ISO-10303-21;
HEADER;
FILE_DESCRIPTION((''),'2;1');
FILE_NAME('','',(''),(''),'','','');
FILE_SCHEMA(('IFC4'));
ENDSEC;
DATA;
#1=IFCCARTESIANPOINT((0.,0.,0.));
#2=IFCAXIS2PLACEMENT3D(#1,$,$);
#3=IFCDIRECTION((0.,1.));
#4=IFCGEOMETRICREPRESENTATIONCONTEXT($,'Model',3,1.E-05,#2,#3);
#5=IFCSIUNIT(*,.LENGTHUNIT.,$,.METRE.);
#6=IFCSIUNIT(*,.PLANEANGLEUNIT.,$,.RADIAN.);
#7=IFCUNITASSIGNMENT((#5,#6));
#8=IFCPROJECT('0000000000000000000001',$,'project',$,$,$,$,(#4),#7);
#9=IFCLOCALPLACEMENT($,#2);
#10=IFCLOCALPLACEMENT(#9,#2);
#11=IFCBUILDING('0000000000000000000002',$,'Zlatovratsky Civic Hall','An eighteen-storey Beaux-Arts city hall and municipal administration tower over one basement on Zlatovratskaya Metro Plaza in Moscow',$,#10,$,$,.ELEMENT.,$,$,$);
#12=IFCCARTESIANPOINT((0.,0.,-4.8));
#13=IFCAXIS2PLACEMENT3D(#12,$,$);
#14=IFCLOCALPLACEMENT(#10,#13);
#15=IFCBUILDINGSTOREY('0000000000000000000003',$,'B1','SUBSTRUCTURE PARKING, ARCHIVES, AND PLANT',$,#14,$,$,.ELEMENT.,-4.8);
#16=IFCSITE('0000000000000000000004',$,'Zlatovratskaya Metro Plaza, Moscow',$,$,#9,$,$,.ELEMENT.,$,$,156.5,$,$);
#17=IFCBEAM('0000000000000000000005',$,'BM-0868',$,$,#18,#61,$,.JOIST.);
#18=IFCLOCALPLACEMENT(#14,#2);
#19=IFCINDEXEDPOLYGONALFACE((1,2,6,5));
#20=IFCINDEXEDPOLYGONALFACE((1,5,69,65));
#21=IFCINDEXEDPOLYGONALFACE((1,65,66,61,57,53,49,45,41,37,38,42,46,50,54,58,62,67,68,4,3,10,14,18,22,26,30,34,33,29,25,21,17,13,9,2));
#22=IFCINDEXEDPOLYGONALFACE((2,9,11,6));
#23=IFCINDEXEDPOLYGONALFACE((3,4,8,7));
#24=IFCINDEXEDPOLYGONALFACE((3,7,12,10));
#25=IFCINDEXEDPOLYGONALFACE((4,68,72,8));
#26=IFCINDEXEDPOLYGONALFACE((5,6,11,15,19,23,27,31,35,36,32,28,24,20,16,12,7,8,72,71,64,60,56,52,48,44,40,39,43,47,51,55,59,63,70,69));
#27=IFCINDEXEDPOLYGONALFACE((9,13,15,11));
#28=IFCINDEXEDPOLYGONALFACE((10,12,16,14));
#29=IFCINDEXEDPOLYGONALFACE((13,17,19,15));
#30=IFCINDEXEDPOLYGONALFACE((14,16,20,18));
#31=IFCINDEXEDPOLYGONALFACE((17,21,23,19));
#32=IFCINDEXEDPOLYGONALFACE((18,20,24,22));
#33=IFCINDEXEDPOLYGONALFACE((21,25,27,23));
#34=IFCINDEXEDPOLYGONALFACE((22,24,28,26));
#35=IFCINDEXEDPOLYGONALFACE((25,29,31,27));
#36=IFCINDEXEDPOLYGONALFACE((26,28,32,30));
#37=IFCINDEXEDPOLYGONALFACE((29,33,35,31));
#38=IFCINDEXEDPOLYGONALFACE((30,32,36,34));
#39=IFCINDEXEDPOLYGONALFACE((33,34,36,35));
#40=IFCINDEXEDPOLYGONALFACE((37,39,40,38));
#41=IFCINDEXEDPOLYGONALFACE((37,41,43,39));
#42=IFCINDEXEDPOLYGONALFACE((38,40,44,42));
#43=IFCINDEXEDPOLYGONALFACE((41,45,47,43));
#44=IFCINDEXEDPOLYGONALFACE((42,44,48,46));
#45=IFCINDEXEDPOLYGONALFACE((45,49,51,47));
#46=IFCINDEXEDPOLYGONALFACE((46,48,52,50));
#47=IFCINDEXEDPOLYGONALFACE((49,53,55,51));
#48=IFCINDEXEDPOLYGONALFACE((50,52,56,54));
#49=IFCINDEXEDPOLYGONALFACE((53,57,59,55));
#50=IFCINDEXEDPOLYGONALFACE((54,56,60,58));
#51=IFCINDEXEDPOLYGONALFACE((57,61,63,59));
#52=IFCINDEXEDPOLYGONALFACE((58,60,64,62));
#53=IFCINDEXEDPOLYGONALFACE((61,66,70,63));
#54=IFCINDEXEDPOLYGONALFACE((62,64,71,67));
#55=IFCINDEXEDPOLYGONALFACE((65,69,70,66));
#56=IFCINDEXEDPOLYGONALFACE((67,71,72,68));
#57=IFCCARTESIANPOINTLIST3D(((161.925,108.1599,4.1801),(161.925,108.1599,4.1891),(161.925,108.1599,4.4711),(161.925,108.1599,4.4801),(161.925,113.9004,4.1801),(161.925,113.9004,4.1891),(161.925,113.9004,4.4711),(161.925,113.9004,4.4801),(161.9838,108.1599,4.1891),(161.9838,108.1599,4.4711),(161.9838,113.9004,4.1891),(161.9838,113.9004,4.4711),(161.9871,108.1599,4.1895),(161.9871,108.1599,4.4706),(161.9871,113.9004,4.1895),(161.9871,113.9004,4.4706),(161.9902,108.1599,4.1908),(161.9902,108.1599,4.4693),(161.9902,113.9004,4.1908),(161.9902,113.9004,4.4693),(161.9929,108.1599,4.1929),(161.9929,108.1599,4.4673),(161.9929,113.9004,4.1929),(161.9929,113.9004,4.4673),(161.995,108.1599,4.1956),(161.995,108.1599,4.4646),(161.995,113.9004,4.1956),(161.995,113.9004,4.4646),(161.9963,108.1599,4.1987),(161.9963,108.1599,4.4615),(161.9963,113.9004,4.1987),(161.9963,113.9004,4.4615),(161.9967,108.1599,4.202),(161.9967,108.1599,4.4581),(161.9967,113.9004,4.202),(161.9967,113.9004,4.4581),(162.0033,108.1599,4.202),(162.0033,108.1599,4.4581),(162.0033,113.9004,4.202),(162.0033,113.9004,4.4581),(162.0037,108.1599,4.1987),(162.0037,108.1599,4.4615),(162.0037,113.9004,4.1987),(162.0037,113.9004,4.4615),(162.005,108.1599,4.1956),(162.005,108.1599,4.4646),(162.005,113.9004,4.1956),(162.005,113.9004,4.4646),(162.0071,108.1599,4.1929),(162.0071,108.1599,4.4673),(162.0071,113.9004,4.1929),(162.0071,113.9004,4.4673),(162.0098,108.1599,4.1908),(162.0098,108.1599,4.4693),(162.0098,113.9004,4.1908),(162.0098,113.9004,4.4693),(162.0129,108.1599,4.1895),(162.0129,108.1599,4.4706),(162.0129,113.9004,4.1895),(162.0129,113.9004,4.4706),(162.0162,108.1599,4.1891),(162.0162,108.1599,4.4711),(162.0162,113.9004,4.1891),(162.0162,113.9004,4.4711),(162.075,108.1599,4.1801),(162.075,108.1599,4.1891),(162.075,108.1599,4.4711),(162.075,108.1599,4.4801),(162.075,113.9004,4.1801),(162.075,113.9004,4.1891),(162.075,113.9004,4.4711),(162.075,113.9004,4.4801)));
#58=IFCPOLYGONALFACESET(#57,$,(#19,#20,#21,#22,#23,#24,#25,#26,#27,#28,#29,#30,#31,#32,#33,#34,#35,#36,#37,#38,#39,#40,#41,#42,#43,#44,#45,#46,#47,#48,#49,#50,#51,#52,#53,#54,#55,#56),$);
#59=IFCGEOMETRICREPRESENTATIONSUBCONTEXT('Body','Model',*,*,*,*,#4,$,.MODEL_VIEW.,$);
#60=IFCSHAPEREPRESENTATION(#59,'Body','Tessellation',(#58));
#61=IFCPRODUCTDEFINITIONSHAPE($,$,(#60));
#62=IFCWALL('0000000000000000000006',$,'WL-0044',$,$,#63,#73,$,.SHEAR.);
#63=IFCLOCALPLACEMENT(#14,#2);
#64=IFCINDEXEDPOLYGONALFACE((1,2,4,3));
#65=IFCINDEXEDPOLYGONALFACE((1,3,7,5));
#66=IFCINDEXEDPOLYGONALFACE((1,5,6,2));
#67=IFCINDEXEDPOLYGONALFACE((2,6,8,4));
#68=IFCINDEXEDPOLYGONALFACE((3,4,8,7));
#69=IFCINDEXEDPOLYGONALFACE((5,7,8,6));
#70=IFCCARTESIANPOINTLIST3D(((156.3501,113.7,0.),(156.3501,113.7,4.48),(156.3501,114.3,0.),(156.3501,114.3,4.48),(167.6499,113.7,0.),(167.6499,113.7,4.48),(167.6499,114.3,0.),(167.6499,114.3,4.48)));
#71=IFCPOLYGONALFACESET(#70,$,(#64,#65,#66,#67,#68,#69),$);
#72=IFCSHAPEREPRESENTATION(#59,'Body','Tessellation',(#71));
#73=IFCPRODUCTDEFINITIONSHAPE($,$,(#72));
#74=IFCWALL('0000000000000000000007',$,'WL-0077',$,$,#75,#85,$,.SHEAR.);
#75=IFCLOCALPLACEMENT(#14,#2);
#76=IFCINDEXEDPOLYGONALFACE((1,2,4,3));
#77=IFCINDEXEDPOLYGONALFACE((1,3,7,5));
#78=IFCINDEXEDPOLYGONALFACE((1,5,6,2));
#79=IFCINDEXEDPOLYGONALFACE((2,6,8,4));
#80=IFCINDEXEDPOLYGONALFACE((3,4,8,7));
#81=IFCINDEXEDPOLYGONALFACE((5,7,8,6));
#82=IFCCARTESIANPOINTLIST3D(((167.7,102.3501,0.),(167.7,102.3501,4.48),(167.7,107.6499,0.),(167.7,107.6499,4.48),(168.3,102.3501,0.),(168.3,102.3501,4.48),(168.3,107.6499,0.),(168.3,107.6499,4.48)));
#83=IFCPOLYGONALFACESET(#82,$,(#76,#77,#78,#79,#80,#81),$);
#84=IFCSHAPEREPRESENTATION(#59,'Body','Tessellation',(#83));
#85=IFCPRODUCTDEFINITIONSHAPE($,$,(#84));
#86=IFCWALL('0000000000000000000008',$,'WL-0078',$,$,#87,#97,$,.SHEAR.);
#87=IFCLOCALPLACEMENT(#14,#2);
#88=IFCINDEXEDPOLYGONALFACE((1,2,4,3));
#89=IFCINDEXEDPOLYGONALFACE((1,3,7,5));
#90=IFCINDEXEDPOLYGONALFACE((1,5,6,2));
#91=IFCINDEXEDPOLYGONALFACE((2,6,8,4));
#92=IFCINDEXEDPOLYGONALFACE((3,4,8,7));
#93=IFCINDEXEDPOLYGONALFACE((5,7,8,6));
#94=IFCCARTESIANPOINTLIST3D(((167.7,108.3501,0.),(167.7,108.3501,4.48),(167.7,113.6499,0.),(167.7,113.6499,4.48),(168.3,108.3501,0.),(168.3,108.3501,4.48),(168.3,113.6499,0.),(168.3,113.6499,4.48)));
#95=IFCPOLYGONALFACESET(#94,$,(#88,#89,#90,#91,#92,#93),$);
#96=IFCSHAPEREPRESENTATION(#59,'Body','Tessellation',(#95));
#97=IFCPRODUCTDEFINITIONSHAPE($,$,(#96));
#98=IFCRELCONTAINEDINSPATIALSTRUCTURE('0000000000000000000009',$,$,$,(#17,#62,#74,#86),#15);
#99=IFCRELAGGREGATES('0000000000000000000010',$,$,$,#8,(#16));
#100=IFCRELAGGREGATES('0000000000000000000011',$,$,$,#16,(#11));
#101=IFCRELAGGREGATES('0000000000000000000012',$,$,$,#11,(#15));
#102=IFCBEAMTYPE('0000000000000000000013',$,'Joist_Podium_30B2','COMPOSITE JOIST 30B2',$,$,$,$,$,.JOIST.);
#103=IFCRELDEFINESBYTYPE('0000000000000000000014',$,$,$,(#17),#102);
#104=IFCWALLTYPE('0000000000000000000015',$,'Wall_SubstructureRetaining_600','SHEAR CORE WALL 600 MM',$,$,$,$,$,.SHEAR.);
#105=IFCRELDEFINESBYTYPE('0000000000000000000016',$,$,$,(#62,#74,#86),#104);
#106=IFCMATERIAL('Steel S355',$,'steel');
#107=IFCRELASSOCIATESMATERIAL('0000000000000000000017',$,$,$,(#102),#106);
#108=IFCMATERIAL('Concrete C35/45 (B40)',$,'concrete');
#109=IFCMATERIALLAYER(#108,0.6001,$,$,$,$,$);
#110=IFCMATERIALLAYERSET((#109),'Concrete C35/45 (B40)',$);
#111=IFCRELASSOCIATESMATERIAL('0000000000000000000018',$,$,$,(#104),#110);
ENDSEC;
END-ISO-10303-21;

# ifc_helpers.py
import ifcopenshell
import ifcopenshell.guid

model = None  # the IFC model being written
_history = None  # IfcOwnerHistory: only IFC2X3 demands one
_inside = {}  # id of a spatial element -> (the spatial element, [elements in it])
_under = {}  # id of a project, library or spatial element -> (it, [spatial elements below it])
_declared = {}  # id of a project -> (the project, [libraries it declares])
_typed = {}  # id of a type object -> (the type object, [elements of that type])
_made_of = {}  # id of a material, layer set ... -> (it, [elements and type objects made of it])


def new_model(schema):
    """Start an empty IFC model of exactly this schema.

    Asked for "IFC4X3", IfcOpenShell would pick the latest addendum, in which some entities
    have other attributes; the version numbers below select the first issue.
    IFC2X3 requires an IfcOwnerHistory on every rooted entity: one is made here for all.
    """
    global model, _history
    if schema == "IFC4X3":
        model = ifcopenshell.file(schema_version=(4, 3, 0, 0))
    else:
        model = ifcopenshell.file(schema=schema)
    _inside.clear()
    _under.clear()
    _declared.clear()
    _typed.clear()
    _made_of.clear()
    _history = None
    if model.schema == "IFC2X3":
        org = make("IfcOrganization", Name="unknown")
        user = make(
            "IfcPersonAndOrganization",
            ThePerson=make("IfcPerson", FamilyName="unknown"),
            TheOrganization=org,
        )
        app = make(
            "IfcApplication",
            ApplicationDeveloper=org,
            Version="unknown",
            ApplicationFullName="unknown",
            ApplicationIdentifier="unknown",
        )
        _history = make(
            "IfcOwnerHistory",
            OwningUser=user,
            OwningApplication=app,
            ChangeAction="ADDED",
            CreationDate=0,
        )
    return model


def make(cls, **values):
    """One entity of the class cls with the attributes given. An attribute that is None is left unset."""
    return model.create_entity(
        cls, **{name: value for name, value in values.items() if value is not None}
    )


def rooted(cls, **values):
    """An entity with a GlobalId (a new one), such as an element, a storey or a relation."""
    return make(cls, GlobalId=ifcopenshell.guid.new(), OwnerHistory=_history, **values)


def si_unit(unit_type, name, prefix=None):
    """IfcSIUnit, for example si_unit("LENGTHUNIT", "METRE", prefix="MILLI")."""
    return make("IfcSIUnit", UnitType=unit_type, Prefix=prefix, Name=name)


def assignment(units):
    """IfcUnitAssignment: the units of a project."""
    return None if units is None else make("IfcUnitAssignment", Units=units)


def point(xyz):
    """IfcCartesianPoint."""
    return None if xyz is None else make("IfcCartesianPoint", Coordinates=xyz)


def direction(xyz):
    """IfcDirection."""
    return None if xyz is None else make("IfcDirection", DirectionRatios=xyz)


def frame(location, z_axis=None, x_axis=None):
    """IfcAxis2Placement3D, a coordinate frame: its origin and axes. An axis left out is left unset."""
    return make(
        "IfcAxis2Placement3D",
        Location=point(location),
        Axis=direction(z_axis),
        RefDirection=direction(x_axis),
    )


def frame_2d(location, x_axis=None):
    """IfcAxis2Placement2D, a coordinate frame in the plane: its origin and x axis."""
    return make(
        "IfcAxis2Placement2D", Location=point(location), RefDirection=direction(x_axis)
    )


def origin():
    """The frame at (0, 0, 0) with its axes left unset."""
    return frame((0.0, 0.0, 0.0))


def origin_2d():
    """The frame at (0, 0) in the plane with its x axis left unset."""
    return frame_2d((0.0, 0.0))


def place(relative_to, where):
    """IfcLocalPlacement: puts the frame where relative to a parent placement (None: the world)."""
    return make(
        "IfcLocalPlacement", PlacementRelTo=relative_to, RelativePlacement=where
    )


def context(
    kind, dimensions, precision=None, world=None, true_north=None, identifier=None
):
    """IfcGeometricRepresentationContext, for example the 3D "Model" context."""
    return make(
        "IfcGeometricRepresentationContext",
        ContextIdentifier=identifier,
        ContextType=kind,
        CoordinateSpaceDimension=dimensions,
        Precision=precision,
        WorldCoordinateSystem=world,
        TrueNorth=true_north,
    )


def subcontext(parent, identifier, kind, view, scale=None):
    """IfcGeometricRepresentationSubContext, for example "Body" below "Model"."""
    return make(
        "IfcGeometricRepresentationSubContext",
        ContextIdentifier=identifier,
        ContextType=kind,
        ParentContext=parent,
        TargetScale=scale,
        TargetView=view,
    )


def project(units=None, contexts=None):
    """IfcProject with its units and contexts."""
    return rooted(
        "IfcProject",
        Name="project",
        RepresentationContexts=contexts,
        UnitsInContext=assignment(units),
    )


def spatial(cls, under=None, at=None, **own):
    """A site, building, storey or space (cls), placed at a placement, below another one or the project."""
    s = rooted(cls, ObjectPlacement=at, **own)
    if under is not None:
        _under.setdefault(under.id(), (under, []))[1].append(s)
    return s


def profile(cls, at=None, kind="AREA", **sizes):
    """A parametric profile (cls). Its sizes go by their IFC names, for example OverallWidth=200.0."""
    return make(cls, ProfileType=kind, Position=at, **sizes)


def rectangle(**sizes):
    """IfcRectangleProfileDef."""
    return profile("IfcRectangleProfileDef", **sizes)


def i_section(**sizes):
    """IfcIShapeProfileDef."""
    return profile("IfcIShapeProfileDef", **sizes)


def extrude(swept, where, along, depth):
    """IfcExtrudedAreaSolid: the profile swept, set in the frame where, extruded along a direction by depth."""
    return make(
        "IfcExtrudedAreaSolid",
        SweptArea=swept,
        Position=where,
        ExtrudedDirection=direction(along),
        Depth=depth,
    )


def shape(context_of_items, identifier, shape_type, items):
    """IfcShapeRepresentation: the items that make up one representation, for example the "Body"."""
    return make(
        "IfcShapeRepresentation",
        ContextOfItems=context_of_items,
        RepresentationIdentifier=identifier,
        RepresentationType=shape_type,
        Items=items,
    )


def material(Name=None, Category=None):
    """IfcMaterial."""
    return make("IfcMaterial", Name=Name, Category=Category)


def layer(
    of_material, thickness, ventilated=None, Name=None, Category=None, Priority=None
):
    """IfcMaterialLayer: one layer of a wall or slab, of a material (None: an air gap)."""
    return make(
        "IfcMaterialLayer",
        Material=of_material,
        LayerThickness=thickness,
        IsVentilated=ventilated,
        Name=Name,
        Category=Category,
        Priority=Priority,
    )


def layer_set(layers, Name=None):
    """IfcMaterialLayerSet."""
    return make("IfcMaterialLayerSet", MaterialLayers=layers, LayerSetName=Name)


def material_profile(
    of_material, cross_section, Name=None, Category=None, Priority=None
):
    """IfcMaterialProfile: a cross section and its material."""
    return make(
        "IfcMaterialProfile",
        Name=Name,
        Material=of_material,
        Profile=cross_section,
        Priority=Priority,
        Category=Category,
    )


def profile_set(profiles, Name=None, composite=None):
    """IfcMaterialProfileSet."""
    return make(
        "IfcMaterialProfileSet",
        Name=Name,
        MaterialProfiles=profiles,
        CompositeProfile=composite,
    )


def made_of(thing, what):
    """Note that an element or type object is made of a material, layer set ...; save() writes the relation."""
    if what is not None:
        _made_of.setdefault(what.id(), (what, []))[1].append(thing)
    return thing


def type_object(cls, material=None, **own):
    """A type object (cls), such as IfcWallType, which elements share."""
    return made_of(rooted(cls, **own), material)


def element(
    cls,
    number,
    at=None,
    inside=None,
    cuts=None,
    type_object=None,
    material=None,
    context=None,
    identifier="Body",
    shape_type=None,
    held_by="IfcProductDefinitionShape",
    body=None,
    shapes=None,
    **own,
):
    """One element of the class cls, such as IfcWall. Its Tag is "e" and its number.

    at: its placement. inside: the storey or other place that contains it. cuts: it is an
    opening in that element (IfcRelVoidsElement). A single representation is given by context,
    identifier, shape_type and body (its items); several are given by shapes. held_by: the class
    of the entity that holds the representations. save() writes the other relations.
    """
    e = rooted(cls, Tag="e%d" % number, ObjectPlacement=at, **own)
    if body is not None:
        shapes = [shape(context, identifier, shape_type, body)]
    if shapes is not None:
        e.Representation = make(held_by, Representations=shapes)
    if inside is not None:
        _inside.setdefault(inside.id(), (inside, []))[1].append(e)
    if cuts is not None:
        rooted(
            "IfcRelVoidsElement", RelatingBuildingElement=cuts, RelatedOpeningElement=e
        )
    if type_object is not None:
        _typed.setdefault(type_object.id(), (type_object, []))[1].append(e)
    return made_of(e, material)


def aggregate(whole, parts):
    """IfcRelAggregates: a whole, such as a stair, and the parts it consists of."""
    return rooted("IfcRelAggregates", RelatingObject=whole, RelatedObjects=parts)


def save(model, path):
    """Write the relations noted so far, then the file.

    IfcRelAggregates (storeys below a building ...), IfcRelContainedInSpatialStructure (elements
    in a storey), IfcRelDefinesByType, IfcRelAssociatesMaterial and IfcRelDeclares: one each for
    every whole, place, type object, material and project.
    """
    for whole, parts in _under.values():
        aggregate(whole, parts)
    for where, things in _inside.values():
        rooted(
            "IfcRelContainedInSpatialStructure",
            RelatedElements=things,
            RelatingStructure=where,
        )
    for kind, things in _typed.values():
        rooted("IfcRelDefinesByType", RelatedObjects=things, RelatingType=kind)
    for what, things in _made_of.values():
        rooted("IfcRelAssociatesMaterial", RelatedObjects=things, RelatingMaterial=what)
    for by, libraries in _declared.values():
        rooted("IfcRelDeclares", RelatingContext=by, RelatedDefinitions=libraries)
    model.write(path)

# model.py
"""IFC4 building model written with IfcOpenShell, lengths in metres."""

from ifc_helpers import new_model, si_unit, direction, frame, frame_2d, origin, origin_2d, place, context, subcontext, project, spatial, rectangle, i_section, extrude, material, layer, layer_set, material_profile, profile_set, type_object, element, save


model = new_model("IFC4")

# Units and contexts
model_context = context("Model", 3, precision=1e-05, world=origin(), true_north=direction((0.0, 1.0)))
body_context = subcontext(model_context, "Body", "Model", "MODEL_VIEW")
ifc_project = project(units=[si_unit("LENGTHUNIT", "METRE"), si_unit("PLANEANGLEUNIT", "RADIAN")], contexts=[model_context])

# Site, building, storey
site_placement = place(None, origin())
site = spatial("IfcSite", under=ifc_project, at=site_placement, Name="Zlatovratskaya Metro Plaza, Moscow", CompositionType="ELEMENT", RefElevation=156.5)
building_placement = place(site_placement, origin())
building = spatial("IfcBuilding", under=site, at=building_placement, Name="Zlatovratsky Civic Hall", Description="An eighteen-storey Beaux-Arts city hall and municipal administration tower over one basement on Zlatovratskaya Metro Plaza in Moscow", CompositionType="ELEMENT")
storey_placement = place(building_placement, frame((0.0, 0.0, -4.8)))
storey = spatial("IfcBuildingStorey", under=building, at=storey_placement, Name="B1", Description="SUBSTRUCTURE PARKING, ARCHIVES, AND PLANT", CompositionType="ELEMENT", Elevation=-4.8)

# Shared definitions
ifc_material_1 = material(Name="Concrete C35/45 (B40)", Category="concrete")

# Beam
ifc_material_2 = material(Name="Steel S355", Category="steel")
ifc_material_profile_1 = material_profile(ifc_material_2, i_section(OverallWidth=0.1499, OverallDepth=0.3, WebThickness=0.0066, FlangeThickness=0.009, FilletRadius=0.0129, at=origin_2d()), Name="30B2")
ifc_profile_set_1 = profile_set([ifc_material_profile_1], Name="Steel S355")
beam_type_1 = type_object("IfcBeamType", Name="Joist_Podium_30B2", Description="COMPOSITE JOIST 30B2", PredefinedType="JOIST", material=ifc_profile_set_1)
beam_1_placement = place(storey_placement, frame((162.0, 108.1599, 4.3301), z_axis=(0.0, 1.0, 0.0), x_axis=(-1.0, 0.0, 0.0)))
element("IfcBeam", 1, at=beam_1_placement, inside=storey, type_object=beam_type_1, Name="BM-0868", PredefinedType="JOIST", context=body_context, shape_type="SweptSolid", body=[
    extrude(i_section(OverallWidth=0.1499, OverallDepth=0.3, WebThickness=0.0066, FlangeThickness=0.009, FilletRadius=0.0129, at=origin_2d()), origin(), (0.0, 0.0, 1.0), 5.7405),
])

# Walls
ifc_layer = layer(ifc_material_1, 0.6001)
ifc_layer_set = layer_set([ifc_layer], Name="Concrete C35/45 (B40)")
wall_type = type_object("IfcWallType", Name="Wall_SubstructureRetaining_600", Description="SHEAR CORE WALL 600 MM", PredefinedType="SHEAR", material=ifc_layer_set)
wall_placement = place(storey_placement, frame((156.3501, 114.0, 0.0), z_axis=(0.0, 0.0, 1.0), x_axis=(1.0, 0.0, 0.0)))
element("IfcWall", 2, at=wall_placement, inside=storey, type_object=wall_type, Name="WL-0044", PredefinedType="SHEAR", context=body_context, shape_type="SweptSolid", body=[
    extrude(rectangle(XDim=11.2998, YDim=0.6001, at=frame_2d((5.6499, 0.0))), origin(), (0.0, 0.0, 1.0), 4.48),
])
for number, where, z_axis, x_axis, name in (
    (3, (168.0, 102.3501, 0.0), (0.0, 0.0, 1.0), (0.0, 1.0, 0.0), "WL-0077"),
    (4, (168.0, 108.3501, 0.0), (0.0, 0.0, 1.0), (0.0, 1.0, 0.0), "WL-0078"),
):
    element("IfcWall", number, at=place(storey_placement, frame(where, z_axis=z_axis, x_axis=x_axis)), inside=storey, type_object=wall_type, Name=name, PredefinedType="SHEAR", context=body_context, shape_type="SweptSolid", body=[
        extrude(rectangle(XDim=5.2998, YDim=0.6001, at=frame_2d((2.6499, 0.0))), origin(), (0.0, 0.0, 1.0), 4.48),
    ])

save(model, "model.ifc")
